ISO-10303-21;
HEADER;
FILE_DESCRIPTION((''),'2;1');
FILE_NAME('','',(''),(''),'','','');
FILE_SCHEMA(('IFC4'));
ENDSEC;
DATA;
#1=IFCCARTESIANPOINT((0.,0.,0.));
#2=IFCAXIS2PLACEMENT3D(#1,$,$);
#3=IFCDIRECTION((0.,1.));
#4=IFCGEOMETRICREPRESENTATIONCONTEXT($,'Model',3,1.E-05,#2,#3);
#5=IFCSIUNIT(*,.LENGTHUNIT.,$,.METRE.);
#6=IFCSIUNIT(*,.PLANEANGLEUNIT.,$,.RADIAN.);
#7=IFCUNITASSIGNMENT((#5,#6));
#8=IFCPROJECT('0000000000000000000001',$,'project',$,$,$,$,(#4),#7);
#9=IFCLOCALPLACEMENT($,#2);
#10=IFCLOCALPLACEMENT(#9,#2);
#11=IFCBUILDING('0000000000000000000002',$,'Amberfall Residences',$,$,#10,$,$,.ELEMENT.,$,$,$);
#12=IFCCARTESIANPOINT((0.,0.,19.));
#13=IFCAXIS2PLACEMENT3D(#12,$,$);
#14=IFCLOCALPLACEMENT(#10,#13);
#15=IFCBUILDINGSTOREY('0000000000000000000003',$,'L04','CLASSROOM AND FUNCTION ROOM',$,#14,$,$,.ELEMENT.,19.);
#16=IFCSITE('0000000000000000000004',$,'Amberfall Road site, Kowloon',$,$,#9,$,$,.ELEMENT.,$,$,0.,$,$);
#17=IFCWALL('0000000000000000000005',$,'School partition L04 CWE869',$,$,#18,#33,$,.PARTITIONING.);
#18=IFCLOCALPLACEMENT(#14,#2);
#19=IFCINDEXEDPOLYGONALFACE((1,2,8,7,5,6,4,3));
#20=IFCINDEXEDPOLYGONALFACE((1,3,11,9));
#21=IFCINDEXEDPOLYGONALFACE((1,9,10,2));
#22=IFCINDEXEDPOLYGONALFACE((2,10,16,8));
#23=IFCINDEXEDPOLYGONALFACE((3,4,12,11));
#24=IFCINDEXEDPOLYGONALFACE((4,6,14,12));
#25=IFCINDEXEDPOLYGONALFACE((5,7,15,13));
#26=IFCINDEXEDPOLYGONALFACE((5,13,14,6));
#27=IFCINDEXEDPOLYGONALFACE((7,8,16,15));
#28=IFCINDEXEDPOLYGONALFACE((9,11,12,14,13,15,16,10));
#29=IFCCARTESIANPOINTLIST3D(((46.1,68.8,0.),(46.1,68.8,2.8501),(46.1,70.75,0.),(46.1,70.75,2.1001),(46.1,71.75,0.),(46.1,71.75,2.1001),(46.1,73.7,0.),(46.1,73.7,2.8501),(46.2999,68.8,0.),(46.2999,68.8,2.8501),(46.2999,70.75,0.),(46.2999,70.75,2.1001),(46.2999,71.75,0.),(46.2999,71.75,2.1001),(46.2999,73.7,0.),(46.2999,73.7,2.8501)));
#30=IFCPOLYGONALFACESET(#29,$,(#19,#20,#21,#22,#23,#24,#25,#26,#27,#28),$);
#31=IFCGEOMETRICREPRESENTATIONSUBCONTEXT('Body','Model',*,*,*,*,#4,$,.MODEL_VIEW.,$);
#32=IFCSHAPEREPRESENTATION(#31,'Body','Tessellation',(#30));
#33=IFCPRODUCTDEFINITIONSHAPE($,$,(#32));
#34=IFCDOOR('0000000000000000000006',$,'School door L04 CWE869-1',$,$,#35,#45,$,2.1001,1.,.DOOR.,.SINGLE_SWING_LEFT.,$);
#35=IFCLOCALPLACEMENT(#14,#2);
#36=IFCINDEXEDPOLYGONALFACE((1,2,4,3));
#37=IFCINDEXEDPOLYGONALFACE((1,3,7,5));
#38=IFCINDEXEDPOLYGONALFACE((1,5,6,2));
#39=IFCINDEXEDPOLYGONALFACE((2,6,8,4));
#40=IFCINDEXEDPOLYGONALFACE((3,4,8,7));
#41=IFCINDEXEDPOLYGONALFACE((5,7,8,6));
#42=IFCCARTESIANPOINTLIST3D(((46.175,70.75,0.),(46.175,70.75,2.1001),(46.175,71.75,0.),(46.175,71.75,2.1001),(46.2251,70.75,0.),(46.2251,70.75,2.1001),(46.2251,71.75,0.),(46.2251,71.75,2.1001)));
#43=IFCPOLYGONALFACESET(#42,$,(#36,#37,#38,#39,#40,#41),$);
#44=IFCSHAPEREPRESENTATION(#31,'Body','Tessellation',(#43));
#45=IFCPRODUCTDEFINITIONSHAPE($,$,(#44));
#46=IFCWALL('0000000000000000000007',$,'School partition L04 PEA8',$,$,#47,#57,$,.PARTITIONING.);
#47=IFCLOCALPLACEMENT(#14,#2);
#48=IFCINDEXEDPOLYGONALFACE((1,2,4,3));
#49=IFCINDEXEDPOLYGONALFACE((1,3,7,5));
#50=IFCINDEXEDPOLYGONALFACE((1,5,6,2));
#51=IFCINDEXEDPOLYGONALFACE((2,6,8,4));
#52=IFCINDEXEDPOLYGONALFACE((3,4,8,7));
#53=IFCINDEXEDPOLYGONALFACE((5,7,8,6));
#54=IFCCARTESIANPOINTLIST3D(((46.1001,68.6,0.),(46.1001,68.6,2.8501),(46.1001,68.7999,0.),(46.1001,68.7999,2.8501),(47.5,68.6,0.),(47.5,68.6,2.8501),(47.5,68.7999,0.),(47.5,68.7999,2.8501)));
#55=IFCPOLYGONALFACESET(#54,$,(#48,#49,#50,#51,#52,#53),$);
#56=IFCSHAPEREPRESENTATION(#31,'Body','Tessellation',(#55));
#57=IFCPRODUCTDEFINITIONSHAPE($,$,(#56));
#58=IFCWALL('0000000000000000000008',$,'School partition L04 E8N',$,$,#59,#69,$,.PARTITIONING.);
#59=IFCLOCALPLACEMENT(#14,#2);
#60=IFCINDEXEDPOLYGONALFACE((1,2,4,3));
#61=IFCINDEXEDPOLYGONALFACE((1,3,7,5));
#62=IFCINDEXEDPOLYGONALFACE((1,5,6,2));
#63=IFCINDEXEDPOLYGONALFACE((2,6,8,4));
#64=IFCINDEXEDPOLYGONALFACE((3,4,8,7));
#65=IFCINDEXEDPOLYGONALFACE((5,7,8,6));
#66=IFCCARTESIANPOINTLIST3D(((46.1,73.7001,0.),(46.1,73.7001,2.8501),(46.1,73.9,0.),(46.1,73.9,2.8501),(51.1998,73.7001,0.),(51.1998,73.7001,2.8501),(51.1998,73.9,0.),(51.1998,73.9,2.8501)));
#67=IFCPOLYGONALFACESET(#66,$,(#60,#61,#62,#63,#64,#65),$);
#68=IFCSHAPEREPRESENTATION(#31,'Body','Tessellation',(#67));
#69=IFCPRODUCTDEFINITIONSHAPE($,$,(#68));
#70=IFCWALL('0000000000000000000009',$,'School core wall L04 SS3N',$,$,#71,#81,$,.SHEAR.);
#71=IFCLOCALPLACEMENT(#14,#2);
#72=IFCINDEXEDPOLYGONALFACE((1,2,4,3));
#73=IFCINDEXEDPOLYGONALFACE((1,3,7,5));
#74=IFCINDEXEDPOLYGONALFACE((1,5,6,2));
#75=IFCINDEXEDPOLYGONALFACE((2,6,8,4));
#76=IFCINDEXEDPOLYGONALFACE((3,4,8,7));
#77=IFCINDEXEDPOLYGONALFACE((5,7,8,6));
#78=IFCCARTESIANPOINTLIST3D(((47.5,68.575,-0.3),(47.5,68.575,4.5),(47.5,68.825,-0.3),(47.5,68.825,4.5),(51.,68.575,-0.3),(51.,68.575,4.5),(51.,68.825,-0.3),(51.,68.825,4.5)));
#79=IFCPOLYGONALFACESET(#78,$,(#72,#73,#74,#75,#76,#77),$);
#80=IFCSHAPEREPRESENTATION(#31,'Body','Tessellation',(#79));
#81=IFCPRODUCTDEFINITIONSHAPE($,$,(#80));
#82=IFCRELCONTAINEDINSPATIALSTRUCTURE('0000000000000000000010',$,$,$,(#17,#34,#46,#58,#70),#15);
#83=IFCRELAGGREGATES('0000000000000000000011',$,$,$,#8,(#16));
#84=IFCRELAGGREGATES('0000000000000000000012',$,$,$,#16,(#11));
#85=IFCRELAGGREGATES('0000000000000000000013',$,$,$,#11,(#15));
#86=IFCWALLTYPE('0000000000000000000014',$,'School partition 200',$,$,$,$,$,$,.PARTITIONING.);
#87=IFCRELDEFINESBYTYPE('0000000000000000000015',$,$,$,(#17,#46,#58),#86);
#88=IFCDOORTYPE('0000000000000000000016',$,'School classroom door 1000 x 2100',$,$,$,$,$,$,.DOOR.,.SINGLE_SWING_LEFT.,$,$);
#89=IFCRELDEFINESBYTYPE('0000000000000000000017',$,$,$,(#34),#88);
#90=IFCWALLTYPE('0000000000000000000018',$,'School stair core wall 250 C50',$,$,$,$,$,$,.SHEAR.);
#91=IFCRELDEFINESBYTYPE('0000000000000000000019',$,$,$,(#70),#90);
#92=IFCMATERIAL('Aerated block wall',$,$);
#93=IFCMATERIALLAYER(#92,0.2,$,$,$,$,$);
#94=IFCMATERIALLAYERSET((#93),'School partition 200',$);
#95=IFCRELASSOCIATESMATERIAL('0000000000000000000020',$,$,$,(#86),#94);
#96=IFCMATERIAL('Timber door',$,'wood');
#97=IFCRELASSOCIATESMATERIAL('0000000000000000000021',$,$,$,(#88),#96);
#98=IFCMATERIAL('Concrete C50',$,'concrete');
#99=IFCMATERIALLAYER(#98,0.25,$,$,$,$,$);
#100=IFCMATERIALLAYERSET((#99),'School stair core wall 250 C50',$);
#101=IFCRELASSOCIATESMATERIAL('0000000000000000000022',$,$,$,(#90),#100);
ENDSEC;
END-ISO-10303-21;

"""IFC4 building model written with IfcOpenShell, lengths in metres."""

from ifc_helpers import new_model, si_unit, direction, frame, frame_2d, origin, place, context, subcontext, project, spatial, rectangle, extrude, material, layer, layer_set, type_object, element, fill, save


model = new_model("IFC4")

# Units and contexts
model_context = context("Model", 3, precision=1e-05, world=origin(), true_north=direction((0.0, 1.0)))
body_context = subcontext(model_context, "Body", "Model", "MODEL_VIEW")
ifc_project = project(units=[si_unit("LENGTHUNIT", "METRE"), si_unit("PLANEANGLEUNIT", "RADIAN")], contexts=[model_context])

# Site, building, storey
site_placement = place(None, origin())
site = spatial("IfcSite", under=ifc_project, at=site_placement, Name="Amberfall Road site, Kowloon", CompositionType="ELEMENT", RefElevation=0.0)
building_placement = place(site_placement, origin())
building = spatial("IfcBuilding", under=site, at=building_placement, Name="Amberfall Residences", CompositionType="ELEMENT")
storey_placement = place(building_placement, frame((0.0, 0.0, 19.0)))
storey = spatial("IfcBuildingStorey", under=building, at=storey_placement, Name="L04", Description="CLASSROOM AND FUNCTION ROOM", CompositionType="ELEMENT", Elevation=19.0)

# Shared definitions
ifc_material_1 = material(Name="Aerated block wall")

# Shared definitions
ifc_layer_1 = layer(ifc_material_1, 0.2)
ifc_layer_set_1 = layer_set([ifc_layer_1], Name="School partition 200")
wall_type_1 = type_object("IfcWallType", Name="School partition 200", PredefinedType="PARTITIONING", material=ifc_layer_set_1)
ifc_material_2 = material(Name="Timber door", Category="wood")
door_type = type_object("IfcDoorType", Name="School classroom door 1000 x 2100", OperationType="SINGLE_SWING_LEFT", PredefinedType="DOOR", material=ifc_material_2)

# Wall, opening, door
wall_1_placement = place(storey_placement, frame((46.2, 68.8, 0.0), z_axis=(0.0, 0.0, 1.0), x_axis=(0.0, 1.0, 0.0)))
wall_1 = element("IfcWall", 1, at=wall_1_placement, inside=storey, type_object=wall_type_1, Name="School partition L04 CWE869", PredefinedType="PARTITIONING", context=body_context, shape_type="SweptSolid", body=[
    extrude(rectangle(XDim=4.8999, YDim=0.2, at=frame_2d((2.45, 0.0))), origin(), (0.0, 0.0, 1.0), 2.8501),
])
opening_1_placement = place(wall_1_placement, frame((1.95, 0.0, 0.0)))
opening_1 = element("IfcOpeningElement", 2, at=opening_1_placement, cuts=wall_1, PredefinedType="OPENING", context=body_context, shape_type="SweptSolid", body=[
    extrude(rectangle(XDim=1.0, YDim=2.1001, at=frame_2d((0.5, 1.05))), frame((0.0, 0.1099, 0.0), z_axis=(0.0, -1.0, 0.0), x_axis=(1.0, 0.0, 0.0)), (0.0, 0.0, 1.0), 0.22),
])
door_1_placement = place(opening_1_placement, origin())
door_1 = element("IfcDoor", 3, at=door_1_placement, inside=storey, type_object=door_type, Name="School door L04 CWE869-1", OperationType="SINGLE_SWING_LEFT", OverallHeight=2.1001, OverallWidth=1.0, PredefinedType="DOOR", context=body_context, shape_type="SweptSolid", body=[
    extrude(rectangle(XDim=1.0, YDim=2.1001, at=frame_2d((0.5, 1.05))), frame((0.0, 0.0249, 0.0), z_axis=(0.0, -1.0, 0.0), x_axis=(1.0, 0.0, 0.0)), (0.0, 0.0, 1.0), 0.05),
])
fill(opening_1, door_1)

# Walls
wall_2_placement = place(storey_placement, frame((46.1001, 68.7, 0.0), z_axis=(0.0, 0.0, 1.0), x_axis=(1.0, 0.0, 0.0)))
element("IfcWall", 4, at=wall_2_placement, inside=storey, type_object=wall_type_1, Name="School partition L04 PEA8", PredefinedType="PARTITIONING", context=body_context, shape_type="SweptSolid", body=[
    extrude(rectangle(XDim=1.3999, YDim=0.2, at=frame_2d((0.7, 0.0))), origin(), (0.0, 0.0, 1.0), 2.8501),
])
wall_3_placement = place(storey_placement, frame((46.1001, 73.8, 0.0), z_axis=(0.0, 0.0, 1.0), x_axis=(1.0, 0.0, 0.0)))
element("IfcWall", 5, at=wall_3_placement, inside=storey, type_object=wall_type_1, Name="School partition L04 E8N", PredefinedType="PARTITIONING", context=body_context, shape_type="SweptSolid", body=[
    extrude(rectangle(XDim=5.0999, YDim=0.2, at=frame_2d((2.5498, 0.0))), origin(), (0.0, 0.0, 1.0), 2.8501),
])
ifc_material_3 = material(Name="Concrete C50", Category="concrete")
ifc_layer_2 = layer(ifc_material_3, 0.25)
ifc_layer_set_2 = layer_set([ifc_layer_2], Name="School stair core wall 250 C50")
wall_type_2 = type_object("IfcWallType", Name="School stair core wall 250 C50", PredefinedType="SHEAR", material=ifc_layer_set_2)
wall_4_placement = place(storey_placement, frame((47.5, 68.7, -0.3), z_axis=(0.0, 0.0, 1.0), x_axis=(1.0, 0.0, 0.0)))
element("IfcWall", 6, at=wall_4_placement, inside=storey, type_object=wall_type_2, Name="School core wall L04 SS3N", PredefinedType="SHEAR", context=body_context, shape_type="SweptSolid", body=[
    extrude(rectangle(XDim=3.5, YDim=0.25, at=frame_2d((1.75, 0.0))), origin(), (0.0, 0.0, 1.0), 4.8),
])

save(model, "model.ifc")
